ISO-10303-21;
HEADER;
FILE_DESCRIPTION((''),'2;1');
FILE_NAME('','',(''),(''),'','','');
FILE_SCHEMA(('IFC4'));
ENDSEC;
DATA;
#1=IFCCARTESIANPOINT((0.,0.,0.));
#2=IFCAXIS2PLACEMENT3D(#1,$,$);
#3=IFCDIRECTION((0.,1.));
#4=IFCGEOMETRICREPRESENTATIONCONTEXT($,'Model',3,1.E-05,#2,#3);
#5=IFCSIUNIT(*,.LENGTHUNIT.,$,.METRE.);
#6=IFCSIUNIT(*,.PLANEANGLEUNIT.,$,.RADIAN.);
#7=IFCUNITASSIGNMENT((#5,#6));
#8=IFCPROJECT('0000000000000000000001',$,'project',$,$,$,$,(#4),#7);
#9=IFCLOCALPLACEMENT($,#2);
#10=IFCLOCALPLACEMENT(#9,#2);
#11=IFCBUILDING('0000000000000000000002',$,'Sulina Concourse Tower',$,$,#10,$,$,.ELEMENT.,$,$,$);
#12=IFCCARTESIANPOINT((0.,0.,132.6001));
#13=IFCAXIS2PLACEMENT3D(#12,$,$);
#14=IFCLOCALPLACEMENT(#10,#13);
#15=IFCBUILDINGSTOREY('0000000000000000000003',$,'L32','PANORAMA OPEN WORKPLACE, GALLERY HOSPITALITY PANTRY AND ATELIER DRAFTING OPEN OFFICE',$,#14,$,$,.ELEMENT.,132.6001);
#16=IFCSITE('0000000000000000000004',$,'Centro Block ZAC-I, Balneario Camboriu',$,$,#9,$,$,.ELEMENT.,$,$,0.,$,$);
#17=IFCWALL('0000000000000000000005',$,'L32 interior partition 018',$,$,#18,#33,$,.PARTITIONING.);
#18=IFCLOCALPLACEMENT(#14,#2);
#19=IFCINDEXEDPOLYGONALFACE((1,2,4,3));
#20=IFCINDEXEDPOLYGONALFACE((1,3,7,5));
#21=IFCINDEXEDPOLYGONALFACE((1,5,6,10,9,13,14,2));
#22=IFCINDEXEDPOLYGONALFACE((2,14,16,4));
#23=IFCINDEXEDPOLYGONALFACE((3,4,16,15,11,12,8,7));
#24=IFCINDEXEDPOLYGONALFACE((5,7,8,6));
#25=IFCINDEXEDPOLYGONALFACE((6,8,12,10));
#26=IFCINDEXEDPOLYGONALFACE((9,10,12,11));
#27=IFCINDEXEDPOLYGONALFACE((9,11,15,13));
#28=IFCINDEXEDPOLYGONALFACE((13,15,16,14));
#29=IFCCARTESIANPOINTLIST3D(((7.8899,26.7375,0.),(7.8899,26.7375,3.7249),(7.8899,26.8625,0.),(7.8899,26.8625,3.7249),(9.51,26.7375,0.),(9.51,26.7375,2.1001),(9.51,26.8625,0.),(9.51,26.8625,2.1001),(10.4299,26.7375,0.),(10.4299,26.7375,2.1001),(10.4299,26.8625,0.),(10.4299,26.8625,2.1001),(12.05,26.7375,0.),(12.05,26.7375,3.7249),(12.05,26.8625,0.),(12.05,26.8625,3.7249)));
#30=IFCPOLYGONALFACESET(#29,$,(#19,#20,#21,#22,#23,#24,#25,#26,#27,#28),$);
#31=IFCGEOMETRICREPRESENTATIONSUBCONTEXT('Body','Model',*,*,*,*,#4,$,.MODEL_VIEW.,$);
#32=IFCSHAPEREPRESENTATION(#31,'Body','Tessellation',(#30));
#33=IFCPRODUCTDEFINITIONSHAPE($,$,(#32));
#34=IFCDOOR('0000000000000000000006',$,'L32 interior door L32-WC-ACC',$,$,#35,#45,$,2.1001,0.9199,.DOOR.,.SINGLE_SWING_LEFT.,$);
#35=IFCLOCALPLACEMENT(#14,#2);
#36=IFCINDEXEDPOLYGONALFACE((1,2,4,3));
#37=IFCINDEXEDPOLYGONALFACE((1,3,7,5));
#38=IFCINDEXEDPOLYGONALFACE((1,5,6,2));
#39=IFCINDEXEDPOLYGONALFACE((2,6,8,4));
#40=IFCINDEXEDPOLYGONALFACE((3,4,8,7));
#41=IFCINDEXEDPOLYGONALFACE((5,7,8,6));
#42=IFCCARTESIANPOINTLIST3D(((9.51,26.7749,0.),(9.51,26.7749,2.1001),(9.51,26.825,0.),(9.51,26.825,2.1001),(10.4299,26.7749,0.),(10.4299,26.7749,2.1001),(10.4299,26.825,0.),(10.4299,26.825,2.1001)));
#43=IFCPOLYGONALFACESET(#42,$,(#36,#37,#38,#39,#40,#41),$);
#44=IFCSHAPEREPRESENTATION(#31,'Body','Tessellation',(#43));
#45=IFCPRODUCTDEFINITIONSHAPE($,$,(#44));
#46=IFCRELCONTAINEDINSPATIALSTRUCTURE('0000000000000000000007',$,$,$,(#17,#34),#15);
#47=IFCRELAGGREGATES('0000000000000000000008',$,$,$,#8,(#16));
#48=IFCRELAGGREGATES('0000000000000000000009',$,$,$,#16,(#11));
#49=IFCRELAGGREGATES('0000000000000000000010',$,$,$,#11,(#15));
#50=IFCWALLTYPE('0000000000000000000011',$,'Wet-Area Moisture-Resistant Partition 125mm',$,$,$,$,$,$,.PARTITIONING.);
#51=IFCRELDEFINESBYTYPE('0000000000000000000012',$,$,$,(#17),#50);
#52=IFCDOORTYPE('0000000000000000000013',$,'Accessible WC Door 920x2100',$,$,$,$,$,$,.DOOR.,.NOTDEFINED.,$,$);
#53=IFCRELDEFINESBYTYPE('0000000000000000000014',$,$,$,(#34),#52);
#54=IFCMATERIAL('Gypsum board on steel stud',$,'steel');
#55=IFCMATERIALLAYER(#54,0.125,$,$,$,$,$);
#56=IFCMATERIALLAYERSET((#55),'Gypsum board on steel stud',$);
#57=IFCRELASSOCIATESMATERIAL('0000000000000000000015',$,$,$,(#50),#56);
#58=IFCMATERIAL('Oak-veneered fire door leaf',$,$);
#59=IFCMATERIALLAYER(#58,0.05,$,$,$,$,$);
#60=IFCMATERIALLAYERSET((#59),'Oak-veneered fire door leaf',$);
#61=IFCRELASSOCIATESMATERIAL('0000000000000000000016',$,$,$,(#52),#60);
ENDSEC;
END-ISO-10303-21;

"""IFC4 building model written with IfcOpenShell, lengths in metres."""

from ifc_helpers import new_model, si_unit, direction, frame, frame_2d, origin, place, context, subcontext, project, spatial, rectangle, extrude, material, layer, layer_set, type_object, element, fill, save


model = new_model("IFC4")

# Units and contexts
model_context = context("Model", 3, precision=1e-05, world=origin(), true_north=direction((0.0, 1.0)))
body_context = subcontext(model_context, "Body", "Model", "MODEL_VIEW")
ifc_project = project(units=[si_unit("LENGTHUNIT", "METRE"), si_unit("PLANEANGLEUNIT", "RADIAN")], contexts=[model_context])

# Site, building, storey
site_placement = place(None, origin())
site = spatial("IfcSite", under=ifc_project, at=site_placement, Name="Centro Block ZAC-I, Balneario Camboriu", CompositionType="ELEMENT", RefElevation=0.0)
building_placement = place(site_placement, origin())
building = spatial("IfcBuilding", under=site, at=building_placement, Name="Sulina Concourse Tower", CompositionType="ELEMENT")
storey_placement = place(building_placement, frame((0.0, 0.0, 132.6001)))
storey = spatial("IfcBuildingStorey", under=building, at=storey_placement, Name="L32", Description="PANORAMA OPEN WORKPLACE, GALLERY HOSPITALITY PANTRY AND ATELIER DRAFTING OPEN OFFICE", CompositionType="ELEMENT", Elevation=132.6001)

# Wall, opening, door
ifc_material_1 = material(Name="Gypsum board on steel stud", Category="steel")
ifc_layer_1 = layer(ifc_material_1, 0.125)
ifc_layer_set_1 = layer_set([ifc_layer_1], Name="Gypsum board on steel stud")
wall_type_1 = type_object("IfcWallType", Name="Wet-Area Moisture-Resistant Partition 125mm", PredefinedType="PARTITIONING", material=ifc_layer_set_1)
wall_1_placement = place(storey_placement, frame((7.8899, 26.8, 0.0), z_axis=(0.0, 0.0, 1.0), x_axis=(1.0, 0.0, 0.0)))
wall_1 = element("IfcWall", 1, at=wall_1_placement, inside=storey, type_object=wall_type_1, Name="L32 interior partition 018", PredefinedType="PARTITIONING", context=body_context, shape_type="SweptSolid", body=[
    extrude(rectangle(XDim=4.1602, YDim=0.125, at=frame_2d((2.0801, 0.0))), origin(), (0.0, 0.0, 1.0), 3.7249),
])
opening_1_placement = place(wall_1_placement, frame((1.6201, 0.0, 0.0)))
opening_1 = element("IfcOpeningElement", 2, at=opening_1_placement, cuts=wall_1, PredefinedType="OPENING", context=body_context, shape_type="SweptSolid", body=[
    extrude(rectangle(XDim=0.9199, YDim=2.1001, at=frame_2d((0.46, 1.05))), frame((0.0, 0.0725, 0.0), z_axis=(0.0, -1.0, 0.0), x_axis=(1.0, 0.0, 0.0)), (0.0, 0.0, 1.0), 0.145),
])
ifc_material_2 = material(Name="Oak-veneered fire door leaf")
ifc_layer_2 = layer(ifc_material_2, 0.05)
ifc_layer_set_2 = layer_set([ifc_layer_2], Name="Oak-veneered fire door leaf")
door_type_1 = type_object("IfcDoorType", Name="Accessible WC Door 920x2100", OperationType="NOTDEFINED", PredefinedType="DOOR", material=ifc_layer_set_2)
door_1_placement = place(opening_1_placement, origin())
door_1 = element("IfcDoor", 3, at=door_1_placement, inside=storey, type_object=door_type_1, Name="L32 interior door L32-WC-ACC", OperationType="SINGLE_SWING_LEFT", OverallHeight=2.1001, OverallWidth=0.9199, PredefinedType="DOOR", context=body_context, shape_type="SweptSolid", body=[
    extrude(rectangle(XDim=0.9199, YDim=2.1001, at=frame_2d((0.46, 1.05))), frame((0.0, 0.0249, 0.0), z_axis=(0.0, -1.0, 0.0), x_axis=(1.0, 0.0, 0.0)), (0.0, 0.0, 1.0), 0.05),
])
fill(opening_1, door_1)

save(model, "model.ifc")
